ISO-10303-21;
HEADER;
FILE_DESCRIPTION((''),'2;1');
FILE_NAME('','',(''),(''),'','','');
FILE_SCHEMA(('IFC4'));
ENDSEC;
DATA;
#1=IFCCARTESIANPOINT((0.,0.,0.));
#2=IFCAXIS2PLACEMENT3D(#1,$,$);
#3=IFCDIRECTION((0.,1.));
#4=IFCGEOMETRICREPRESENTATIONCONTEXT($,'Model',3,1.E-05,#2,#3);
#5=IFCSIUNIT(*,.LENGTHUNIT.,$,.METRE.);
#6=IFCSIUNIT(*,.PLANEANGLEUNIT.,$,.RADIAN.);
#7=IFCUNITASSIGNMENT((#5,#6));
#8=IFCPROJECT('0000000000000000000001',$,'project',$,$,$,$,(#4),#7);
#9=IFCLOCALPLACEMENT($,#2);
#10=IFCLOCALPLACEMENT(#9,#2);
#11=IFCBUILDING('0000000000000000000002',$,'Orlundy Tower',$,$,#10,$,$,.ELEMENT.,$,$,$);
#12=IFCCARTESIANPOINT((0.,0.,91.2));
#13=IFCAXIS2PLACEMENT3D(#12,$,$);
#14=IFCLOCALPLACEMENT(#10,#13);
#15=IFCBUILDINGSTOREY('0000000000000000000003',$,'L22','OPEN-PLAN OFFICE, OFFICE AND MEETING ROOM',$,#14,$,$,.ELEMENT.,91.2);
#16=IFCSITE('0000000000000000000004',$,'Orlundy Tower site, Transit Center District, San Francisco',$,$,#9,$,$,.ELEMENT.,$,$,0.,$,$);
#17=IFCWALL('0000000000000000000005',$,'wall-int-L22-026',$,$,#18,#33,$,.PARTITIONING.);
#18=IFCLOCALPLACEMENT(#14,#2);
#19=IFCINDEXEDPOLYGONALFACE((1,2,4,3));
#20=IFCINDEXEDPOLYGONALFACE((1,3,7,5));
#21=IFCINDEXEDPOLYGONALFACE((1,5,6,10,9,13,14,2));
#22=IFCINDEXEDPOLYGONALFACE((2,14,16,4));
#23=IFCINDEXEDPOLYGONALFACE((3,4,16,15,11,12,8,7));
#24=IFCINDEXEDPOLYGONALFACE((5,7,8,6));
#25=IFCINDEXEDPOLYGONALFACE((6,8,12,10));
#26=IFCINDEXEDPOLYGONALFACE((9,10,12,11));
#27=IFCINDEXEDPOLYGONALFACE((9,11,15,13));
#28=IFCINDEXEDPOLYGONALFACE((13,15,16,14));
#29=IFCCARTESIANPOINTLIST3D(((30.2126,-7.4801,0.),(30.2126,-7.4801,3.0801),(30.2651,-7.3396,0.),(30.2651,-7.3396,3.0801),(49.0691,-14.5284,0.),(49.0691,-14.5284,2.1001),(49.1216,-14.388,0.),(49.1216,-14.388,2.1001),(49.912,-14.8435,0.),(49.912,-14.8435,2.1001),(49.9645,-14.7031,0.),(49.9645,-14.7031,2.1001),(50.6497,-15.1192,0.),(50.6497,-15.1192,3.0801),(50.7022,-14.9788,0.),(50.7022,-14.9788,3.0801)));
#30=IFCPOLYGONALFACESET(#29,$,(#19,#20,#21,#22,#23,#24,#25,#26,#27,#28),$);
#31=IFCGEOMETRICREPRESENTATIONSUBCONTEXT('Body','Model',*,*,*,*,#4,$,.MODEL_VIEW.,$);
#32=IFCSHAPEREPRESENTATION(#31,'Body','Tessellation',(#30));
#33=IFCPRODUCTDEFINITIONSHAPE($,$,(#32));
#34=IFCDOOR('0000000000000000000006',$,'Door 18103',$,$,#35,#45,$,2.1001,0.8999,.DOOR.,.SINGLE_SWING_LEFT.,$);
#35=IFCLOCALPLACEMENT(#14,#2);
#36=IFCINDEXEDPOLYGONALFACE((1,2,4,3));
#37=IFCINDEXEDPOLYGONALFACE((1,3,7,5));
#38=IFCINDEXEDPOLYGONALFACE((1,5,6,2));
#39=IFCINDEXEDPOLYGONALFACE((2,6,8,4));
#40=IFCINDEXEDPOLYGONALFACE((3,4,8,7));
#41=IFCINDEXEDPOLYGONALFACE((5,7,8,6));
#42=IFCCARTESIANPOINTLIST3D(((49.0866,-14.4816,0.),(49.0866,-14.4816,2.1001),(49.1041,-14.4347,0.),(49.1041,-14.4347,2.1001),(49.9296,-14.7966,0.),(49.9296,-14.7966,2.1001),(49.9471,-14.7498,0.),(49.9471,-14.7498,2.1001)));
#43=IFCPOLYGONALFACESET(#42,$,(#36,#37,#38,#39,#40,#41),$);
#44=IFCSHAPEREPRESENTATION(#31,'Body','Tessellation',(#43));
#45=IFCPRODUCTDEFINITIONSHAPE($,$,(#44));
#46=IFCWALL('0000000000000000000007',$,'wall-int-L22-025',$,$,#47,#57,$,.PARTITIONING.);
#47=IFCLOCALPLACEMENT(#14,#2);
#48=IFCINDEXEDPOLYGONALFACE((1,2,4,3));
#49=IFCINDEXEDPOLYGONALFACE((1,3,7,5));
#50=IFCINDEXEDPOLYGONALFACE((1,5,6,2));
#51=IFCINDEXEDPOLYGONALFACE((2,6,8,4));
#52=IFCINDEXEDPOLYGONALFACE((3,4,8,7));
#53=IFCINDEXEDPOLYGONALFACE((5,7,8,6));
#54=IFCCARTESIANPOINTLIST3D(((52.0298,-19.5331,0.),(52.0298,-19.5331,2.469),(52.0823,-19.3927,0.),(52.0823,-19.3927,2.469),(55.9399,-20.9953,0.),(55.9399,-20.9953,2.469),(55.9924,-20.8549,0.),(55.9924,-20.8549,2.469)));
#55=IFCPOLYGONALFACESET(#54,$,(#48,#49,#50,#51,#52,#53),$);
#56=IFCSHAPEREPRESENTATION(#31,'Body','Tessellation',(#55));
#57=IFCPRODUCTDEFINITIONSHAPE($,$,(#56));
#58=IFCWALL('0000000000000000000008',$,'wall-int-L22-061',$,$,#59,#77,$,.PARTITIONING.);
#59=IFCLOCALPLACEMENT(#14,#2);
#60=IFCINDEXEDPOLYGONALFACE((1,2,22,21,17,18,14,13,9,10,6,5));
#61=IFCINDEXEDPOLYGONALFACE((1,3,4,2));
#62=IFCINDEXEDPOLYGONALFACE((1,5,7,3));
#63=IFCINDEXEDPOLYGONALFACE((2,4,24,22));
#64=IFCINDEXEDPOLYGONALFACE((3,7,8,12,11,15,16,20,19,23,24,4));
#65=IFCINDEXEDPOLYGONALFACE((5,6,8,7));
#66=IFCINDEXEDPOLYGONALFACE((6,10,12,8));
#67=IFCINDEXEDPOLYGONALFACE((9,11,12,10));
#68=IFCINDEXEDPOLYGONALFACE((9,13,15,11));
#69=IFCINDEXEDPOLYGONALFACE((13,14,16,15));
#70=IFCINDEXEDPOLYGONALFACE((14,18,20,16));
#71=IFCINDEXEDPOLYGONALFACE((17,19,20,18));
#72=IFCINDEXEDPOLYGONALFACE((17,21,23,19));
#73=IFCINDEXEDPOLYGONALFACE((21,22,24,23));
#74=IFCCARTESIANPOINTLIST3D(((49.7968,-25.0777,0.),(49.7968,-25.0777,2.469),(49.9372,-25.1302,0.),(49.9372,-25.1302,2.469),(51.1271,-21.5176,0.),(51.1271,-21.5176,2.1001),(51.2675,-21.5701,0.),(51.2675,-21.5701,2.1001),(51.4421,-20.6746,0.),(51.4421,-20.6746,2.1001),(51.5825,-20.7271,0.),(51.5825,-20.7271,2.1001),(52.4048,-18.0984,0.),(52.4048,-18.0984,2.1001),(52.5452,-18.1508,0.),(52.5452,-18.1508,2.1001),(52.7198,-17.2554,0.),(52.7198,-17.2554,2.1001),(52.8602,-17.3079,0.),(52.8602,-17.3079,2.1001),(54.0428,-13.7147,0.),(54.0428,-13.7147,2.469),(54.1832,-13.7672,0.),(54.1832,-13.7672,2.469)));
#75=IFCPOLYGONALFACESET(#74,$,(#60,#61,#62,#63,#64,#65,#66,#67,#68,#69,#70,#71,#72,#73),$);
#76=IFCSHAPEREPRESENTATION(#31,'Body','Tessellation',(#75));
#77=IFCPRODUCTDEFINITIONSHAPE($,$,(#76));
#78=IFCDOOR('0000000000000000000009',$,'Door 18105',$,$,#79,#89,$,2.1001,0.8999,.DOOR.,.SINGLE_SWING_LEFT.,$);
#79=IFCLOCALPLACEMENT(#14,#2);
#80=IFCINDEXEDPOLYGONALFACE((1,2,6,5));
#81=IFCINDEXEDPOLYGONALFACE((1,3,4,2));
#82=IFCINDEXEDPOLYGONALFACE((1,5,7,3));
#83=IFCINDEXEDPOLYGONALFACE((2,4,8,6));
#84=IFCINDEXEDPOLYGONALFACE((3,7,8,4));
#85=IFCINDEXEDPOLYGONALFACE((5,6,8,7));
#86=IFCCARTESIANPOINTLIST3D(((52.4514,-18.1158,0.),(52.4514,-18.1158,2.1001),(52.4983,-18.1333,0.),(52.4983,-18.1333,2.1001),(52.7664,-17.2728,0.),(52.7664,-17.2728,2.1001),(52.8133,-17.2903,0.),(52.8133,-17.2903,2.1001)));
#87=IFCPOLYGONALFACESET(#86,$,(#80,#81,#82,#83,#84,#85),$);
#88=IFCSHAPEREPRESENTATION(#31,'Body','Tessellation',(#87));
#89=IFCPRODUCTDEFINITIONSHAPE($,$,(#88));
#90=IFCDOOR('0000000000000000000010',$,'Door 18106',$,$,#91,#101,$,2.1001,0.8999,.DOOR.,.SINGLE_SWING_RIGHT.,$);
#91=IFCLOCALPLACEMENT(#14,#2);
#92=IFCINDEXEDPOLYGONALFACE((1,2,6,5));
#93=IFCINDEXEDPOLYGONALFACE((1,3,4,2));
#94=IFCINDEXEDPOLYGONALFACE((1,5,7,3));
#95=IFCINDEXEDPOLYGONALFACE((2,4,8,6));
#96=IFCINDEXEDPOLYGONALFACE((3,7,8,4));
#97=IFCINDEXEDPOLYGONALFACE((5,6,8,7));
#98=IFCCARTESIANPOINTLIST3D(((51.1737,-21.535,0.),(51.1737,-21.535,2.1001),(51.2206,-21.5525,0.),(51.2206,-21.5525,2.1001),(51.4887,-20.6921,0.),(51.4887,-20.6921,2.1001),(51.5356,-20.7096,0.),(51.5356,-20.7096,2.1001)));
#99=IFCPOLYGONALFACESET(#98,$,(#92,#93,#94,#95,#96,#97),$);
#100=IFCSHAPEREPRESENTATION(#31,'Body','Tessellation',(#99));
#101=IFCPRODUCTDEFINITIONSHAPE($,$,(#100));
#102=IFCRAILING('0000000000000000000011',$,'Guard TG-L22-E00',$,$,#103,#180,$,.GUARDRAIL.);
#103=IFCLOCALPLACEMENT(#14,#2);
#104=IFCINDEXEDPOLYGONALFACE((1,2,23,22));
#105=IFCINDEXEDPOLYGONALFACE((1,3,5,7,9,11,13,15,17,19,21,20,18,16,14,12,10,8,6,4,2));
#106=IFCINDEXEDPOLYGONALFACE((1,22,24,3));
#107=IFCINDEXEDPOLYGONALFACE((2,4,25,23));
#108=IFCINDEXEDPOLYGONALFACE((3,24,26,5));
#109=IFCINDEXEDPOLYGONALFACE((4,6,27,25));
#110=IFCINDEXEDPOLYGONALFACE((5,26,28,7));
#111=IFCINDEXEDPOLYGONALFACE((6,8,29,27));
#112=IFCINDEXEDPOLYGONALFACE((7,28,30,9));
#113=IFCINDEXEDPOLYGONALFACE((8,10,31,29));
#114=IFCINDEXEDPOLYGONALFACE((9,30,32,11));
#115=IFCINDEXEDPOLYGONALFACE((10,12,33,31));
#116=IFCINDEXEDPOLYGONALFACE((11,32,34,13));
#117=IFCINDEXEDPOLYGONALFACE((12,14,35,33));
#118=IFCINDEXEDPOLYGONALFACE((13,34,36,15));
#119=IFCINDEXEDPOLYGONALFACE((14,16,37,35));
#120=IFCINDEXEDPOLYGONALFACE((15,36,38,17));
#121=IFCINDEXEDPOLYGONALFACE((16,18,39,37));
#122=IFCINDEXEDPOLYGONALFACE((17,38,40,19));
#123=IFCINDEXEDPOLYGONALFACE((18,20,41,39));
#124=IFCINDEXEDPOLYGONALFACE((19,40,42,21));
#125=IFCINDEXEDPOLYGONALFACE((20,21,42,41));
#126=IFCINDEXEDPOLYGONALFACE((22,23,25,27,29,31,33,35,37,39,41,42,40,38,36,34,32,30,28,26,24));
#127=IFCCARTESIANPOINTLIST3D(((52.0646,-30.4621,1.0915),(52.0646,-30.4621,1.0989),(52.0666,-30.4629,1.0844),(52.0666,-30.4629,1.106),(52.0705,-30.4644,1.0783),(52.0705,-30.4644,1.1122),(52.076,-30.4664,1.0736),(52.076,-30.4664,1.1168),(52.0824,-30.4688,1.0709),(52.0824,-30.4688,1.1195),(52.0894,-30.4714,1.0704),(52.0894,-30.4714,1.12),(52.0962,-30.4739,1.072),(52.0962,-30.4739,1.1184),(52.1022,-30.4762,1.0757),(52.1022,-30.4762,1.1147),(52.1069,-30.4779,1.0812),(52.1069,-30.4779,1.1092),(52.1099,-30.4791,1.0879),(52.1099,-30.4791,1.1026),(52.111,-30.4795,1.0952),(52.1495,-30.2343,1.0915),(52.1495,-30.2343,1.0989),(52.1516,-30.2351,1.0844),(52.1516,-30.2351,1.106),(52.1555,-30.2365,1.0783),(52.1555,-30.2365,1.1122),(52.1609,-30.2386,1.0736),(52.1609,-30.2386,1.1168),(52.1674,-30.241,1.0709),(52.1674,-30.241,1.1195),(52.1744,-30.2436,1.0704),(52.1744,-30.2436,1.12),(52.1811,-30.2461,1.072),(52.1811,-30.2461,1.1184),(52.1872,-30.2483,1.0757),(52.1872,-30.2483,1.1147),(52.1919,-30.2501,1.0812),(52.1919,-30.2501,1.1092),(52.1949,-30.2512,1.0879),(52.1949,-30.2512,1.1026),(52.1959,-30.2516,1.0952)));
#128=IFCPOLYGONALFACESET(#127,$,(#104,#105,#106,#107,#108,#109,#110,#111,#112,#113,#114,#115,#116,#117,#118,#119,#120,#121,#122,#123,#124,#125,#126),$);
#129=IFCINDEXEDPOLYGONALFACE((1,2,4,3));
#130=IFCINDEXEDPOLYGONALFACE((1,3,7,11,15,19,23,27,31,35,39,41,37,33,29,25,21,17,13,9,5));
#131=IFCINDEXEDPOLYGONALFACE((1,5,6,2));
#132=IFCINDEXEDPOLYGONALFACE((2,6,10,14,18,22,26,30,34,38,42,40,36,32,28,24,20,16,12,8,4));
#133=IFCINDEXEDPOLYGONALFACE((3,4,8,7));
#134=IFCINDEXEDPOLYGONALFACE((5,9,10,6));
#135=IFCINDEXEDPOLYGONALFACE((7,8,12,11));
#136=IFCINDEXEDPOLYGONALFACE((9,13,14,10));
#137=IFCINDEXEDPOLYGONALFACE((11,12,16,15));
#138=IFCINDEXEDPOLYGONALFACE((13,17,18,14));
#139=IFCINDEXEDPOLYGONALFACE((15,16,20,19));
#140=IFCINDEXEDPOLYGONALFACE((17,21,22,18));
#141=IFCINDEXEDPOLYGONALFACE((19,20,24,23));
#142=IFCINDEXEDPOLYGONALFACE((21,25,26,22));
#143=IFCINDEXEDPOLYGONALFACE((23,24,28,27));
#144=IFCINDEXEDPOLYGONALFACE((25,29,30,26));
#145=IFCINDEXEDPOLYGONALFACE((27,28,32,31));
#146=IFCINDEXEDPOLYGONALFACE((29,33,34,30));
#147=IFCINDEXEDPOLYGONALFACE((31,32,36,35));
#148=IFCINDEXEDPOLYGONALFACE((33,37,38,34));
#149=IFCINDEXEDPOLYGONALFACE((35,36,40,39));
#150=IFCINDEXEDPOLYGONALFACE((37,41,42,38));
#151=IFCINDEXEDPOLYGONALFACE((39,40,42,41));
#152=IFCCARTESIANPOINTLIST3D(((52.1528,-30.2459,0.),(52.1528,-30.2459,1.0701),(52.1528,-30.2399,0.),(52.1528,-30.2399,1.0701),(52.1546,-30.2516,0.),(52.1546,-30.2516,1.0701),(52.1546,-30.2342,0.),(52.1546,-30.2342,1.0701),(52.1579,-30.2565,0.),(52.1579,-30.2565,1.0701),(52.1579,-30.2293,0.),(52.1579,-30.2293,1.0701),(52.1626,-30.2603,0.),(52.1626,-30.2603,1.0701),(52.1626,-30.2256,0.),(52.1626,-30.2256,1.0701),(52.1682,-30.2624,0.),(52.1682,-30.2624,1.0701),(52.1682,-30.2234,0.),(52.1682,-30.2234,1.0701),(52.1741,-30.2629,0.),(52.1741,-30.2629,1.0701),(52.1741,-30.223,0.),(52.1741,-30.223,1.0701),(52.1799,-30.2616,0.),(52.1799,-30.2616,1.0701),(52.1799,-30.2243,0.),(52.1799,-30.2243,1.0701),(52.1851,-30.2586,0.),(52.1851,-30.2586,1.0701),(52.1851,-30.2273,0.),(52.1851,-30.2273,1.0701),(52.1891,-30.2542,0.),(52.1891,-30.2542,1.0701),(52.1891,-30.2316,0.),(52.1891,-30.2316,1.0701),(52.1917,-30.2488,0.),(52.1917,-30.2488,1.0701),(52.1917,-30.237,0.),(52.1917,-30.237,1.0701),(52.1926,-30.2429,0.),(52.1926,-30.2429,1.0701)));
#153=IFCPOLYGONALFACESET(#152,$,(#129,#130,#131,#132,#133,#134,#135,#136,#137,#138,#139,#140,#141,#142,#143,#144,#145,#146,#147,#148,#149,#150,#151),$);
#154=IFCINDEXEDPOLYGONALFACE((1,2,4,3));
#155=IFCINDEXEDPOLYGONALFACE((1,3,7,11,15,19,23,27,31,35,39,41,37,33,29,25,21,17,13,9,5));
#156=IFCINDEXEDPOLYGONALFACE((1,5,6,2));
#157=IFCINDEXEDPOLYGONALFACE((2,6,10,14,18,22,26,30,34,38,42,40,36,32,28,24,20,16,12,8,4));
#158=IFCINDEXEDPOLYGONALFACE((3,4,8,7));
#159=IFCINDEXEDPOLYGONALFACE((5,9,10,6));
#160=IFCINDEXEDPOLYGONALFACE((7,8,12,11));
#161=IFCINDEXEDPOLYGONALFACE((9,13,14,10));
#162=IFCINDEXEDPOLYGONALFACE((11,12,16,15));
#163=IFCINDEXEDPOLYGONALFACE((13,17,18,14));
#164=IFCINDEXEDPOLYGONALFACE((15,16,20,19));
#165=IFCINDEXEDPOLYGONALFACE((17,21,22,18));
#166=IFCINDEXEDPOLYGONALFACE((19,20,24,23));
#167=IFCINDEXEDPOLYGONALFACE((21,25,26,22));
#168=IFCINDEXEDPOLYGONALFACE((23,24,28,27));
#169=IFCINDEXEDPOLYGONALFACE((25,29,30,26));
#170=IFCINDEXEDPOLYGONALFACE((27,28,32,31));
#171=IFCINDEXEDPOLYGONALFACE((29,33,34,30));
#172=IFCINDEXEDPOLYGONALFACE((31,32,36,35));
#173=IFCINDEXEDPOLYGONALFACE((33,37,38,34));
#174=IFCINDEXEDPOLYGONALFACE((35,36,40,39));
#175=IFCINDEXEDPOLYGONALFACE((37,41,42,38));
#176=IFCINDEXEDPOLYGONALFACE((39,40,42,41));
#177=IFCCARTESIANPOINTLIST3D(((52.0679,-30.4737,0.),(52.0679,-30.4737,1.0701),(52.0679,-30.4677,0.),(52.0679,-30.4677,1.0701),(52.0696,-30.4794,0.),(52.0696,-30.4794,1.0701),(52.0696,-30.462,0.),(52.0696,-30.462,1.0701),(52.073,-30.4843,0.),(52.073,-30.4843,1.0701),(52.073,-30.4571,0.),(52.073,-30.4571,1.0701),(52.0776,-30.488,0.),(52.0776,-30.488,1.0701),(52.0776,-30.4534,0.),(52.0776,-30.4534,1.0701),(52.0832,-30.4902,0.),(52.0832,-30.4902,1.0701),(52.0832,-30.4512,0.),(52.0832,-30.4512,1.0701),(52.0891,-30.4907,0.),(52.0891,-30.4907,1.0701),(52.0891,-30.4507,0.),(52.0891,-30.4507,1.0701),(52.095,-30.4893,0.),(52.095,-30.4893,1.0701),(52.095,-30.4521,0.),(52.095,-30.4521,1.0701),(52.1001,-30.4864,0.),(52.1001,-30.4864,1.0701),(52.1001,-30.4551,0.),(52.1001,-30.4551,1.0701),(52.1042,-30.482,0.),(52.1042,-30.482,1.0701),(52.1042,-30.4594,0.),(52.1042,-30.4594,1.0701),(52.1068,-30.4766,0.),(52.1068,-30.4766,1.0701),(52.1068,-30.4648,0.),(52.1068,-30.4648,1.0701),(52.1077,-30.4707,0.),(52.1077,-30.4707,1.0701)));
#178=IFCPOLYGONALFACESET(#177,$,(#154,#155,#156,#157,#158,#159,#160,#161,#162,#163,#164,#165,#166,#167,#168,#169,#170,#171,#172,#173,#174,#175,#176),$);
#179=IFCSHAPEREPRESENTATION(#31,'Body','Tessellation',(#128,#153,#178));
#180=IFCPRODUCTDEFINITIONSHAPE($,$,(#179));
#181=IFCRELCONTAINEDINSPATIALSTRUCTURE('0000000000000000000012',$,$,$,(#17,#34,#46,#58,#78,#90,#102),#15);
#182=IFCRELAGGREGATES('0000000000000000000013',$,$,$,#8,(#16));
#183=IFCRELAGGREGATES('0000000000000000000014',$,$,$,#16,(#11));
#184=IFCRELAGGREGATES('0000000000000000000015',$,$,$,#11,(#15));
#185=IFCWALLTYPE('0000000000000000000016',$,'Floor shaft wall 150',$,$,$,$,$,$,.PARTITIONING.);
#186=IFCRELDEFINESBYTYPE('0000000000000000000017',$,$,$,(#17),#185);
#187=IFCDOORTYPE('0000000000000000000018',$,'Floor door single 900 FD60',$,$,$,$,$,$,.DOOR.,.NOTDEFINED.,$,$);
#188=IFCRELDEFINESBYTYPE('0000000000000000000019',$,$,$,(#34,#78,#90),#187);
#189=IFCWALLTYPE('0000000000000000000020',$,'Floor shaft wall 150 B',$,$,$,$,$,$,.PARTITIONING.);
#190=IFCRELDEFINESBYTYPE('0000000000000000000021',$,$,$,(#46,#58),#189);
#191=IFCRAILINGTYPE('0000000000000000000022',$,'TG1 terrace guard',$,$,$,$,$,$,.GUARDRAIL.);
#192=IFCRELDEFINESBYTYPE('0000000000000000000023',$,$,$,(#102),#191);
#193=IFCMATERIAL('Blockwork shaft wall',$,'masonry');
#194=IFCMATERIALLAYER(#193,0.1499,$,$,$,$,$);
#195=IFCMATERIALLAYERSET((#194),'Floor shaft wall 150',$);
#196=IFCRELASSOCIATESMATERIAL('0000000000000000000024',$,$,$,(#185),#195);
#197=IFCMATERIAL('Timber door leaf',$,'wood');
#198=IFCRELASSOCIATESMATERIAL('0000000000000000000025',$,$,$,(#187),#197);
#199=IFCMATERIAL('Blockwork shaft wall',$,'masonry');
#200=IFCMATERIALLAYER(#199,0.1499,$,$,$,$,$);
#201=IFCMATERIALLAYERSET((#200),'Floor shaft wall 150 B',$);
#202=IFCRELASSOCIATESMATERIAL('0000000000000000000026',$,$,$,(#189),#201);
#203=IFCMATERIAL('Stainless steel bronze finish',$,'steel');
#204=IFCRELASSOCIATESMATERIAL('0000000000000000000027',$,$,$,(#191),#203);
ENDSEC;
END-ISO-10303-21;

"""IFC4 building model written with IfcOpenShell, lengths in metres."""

from ifc_helpers import new_model, si_unit, direction, frame, frame_2d, origin, origin_2d, place, context, subcontext, project, spatial, rectangle, circle, extrude, material, layer, layer_set, type_object, element, fill, save


model = new_model("IFC4")

# Units and contexts
model_context = context("Model", 3, precision=1e-05, world=origin(), true_north=direction((0.0, 1.0)))
body_context = subcontext(model_context, "Body", "Model", "MODEL_VIEW")
ifc_project = project(units=[si_unit("LENGTHUNIT", "METRE"), si_unit("PLANEANGLEUNIT", "RADIAN")], contexts=[model_context])

# Site, building, storey
site_placement = place(None, origin())
site = spatial("IfcSite", under=ifc_project, at=site_placement, Name="Orlundy Tower site, Transit Center District, San Francisco", CompositionType="ELEMENT", RefElevation=0.0)
building_placement = place(site_placement, origin())
building = spatial("IfcBuilding", under=site, at=building_placement, Name="Orlundy Tower", CompositionType="ELEMENT")
storey_placement = place(building_placement, frame((0.0, 0.0, 91.2)))
storey = spatial("IfcBuildingStorey", under=building, at=storey_placement, Name="L22", Description="OPEN-PLAN OFFICE, OFFICE AND MEETING ROOM", CompositionType="ELEMENT", Elevation=91.2)

# Shared definitions
ifc_material_1 = material(Name="Blockwork shaft wall", Category="masonry")
ifc_layer_1 = layer(ifc_material_1, 0.1499)
ifc_layer_set_1 = layer_set([ifc_layer_1], Name="Floor shaft wall 150")
wall_type_1 = type_object("IfcWallType", Name="Floor shaft wall 150", PredefinedType="PARTITIONING", material=ifc_layer_set_1)

# Shared definitions
ifc_material_2 = material(Name="Timber door leaf", Category="wood")
door_type = type_object("IfcDoorType", Name="Floor door single 900 FD60", OperationType="NOTDEFINED", PredefinedType="DOOR", material=ifc_material_2)

# Wall, opening, door
wall_1_placement = place(storey_placement, frame((50.676, -15.0491, 0.0), z_axis=(0.0, 0.0, 1.0), x_axis=(-0.936701, 0.35013, 0.0)))
wall_1 = element("IfcWall", 1, at=wall_1_placement, inside=storey, type_object=wall_type_1, Name="wall-int-L22-026", PredefinedType="PARTITIONING", context=body_context, shape_type="SweptSolid", body=[
    extrude(rectangle(XDim=21.8181, YDim=0.1499, at=frame_2d((10.9092, 0.0))), origin(), (0.0, 0.0, 1.0), 3.0801),
])
opening_1_placement = place(wall_1_placement, frame((0.7876, 0.0, 0.0)))
opening_1 = element("IfcOpeningElement", 2, at=opening_1_placement, cuts=wall_1, PredefinedType="OPENING", context=body_context, shape_type="SweptSolid", body=[
    extrude(rectangle(XDim=0.8999, YDim=2.1001, at=frame_2d((0.45, 1.05))), frame((0.0, 0.085, 0.0), z_axis=(0.0, -1.0, 0.0), x_axis=(1.0, 0.0, 0.0)), (0.0, 0.0, 1.0), 0.1699),
])
door_1_placement = place(opening_1_placement, origin())
door_1 = element("IfcDoor", 3, at=door_1_placement, inside=storey, type_object=door_type, Name="Door 18103", OperationType="SINGLE_SWING_LEFT", OverallHeight=2.1001, OverallWidth=0.8999, PredefinedType="DOOR", context=body_context, shape_type="SweptSolid", body=[
    extrude(rectangle(XDim=0.8999, YDim=2.1001, at=frame_2d((0.45, 1.05))), frame((0.0, 0.0249, 0.0), z_axis=(0.0, -1.0, 0.0), x_axis=(1.0, 0.0, 0.0)), (0.0, 0.0, 1.0), 0.05),
])
fill(opening_1, door_1)

# Wall
ifc_material_3 = material(Name="Blockwork shaft wall", Category="masonry")
ifc_layer_2 = layer(ifc_material_3, 0.1499)
ifc_layer_set_2 = layer_set([ifc_layer_2], Name="Floor shaft wall 150 B")
wall_type_2 = type_object("IfcWallType", Name="Floor shaft wall 150 B", PredefinedType="PARTITIONING", material=ifc_layer_set_2)
wall_2_placement = place(storey_placement, frame((52.0559, -19.4629, 0.0), z_axis=(0.0, 0.0, 1.0), x_axis=(0.936656, -0.350252, 0.0)))
element("IfcWall", 4, at=wall_2_placement, inside=storey, type_object=wall_type_2, Name="wall-int-L22-025", PredefinedType="PARTITIONING", context=body_context, shape_type="SweptSolid", body=[
    extrude(rectangle(XDim=4.1746, YDim=0.1499, at=frame_2d((2.0874, 0.0))), origin(), (0.0, 0.0, 1.0), 2.469),
])

# Wall, openings, doors
wall_3_placement = place(storey_placement, frame((54.113, -13.741, 0.0), z_axis=(0.0, 0.0, 1.0), x_axis=(-0.350036, -0.936736, 0.0)))
wall_3 = element("IfcWall", 5, at=wall_3_placement, inside=storey, type_object=wall_type_2, Name="wall-int-L22-061", PredefinedType="PARTITIONING", context=body_context, shape_type="SweptSolid", body=[
    extrude(rectangle(XDim=12.1304, YDim=0.1499, at=frame_2d((6.0652, 0.0))), origin(), (0.0, 0.0, 1.0), 2.469),
])
opening_2_placement = place(wall_3_placement, frame((3.7798, 0.0, 0.0)))
opening_2 = element("IfcOpeningElement", 6, at=opening_2_placement, cuts=wall_3, PredefinedType="OPENING", context=body_context, shape_type="SweptSolid", body=[
    extrude(rectangle(XDim=0.8999, YDim=2.1001, at=frame_2d((0.45, 1.05))), frame((0.0, 0.085, 0.0), z_axis=(0.0, -1.0, 0.0), x_axis=(1.0, 0.0, 0.0)), (0.0, 0.0, 1.0), 0.1699),
])
opening_3_placement = place(wall_3_placement, frame((7.4299, 0.0, 0.0)))
opening_3 = element("IfcOpeningElement", 7, at=opening_3_placement, cuts=wall_3, PredefinedType="OPENING", context=body_context, shape_type="SweptSolid", body=[
    extrude(rectangle(XDim=0.8999, YDim=2.1001, at=frame_2d((0.45, 1.05))), frame((0.0, 0.085, 0.0), z_axis=(0.0, -1.0, 0.0), x_axis=(1.0, 0.0, 0.0)), (0.0, 0.0, 1.0), 0.1699),
])
door_2_placement = place(opening_2_placement, origin())
door_2 = element("IfcDoor", 8, at=door_2_placement, inside=storey, type_object=door_type, Name="Door 18105", OperationType="SINGLE_SWING_LEFT", OverallHeight=2.1001, OverallWidth=0.8999, PredefinedType="DOOR", context=body_context, shape_type="SweptSolid", body=[
    extrude(rectangle(XDim=0.8999, YDim=2.1001, at=frame_2d((0.45, 1.05))), frame((0.0, 0.0249, 0.0), z_axis=(0.0, -1.0, 0.0), x_axis=(1.0, 0.0, 0.0)), (0.0, 0.0, 1.0), 0.05),
])
fill(opening_2, door_2)
door_3_placement = place(opening_3_placement, origin())
door_3 = element("IfcDoor", 9, at=door_3_placement, inside=storey, type_object=door_type, Name="Door 18106", OperationType="SINGLE_SWING_RIGHT", OverallHeight=2.1001, OverallWidth=0.8999, PredefinedType="DOOR", context=body_context, shape_type="SweptSolid", body=[
    extrude(rectangle(XDim=0.8999, YDim=2.1001, at=frame_2d((0.45, 1.05))), frame((0.0, 0.0249, 0.0), z_axis=(0.0, -1.0, 0.0), x_axis=(1.0, 0.0, 0.0)), (0.0, 0.0, 1.0), 0.05),
])
fill(opening_3, door_3)

# Railing
ifc_material_4 = material(Name="Stainless steel bronze finish", Category="steel")
railing_type = type_object("IfcRailingType", Name="TG1 terrace guard", PredefinedType="GUARDRAIL", material=ifc_material_4)
railing_placement = place(storey_placement, frame((52.1726, -30.2429, 0.0)))
element("IfcRailing", 10, at=railing_placement, inside=storey, type_object=railing_type, Name="Guard TG-L22-E00", PredefinedType="GUARDRAIL", context=body_context, shape_type="SweptSolid", body=[
    extrude(circle(Radius=0.0249, at=origin_2d()), frame((0.0, 0.0, 1.0952), z_axis=(-0.349472, -0.936947, 0.0), x_axis=(0.936947, -0.349472, 0.0)), (0.0, 0.0, 1.0), 0.2432),
    extrude(circle(Radius=0.02, at=origin_2d()), origin(), (0.0, 0.0, 1.0), 1.0701),
    extrude(circle(Radius=0.02, at=origin_2d()), frame((-0.085, -0.2278, 0.0)), (0.0, 0.0, 1.0), 1.0701),
])

save(model, "model.ifc")
